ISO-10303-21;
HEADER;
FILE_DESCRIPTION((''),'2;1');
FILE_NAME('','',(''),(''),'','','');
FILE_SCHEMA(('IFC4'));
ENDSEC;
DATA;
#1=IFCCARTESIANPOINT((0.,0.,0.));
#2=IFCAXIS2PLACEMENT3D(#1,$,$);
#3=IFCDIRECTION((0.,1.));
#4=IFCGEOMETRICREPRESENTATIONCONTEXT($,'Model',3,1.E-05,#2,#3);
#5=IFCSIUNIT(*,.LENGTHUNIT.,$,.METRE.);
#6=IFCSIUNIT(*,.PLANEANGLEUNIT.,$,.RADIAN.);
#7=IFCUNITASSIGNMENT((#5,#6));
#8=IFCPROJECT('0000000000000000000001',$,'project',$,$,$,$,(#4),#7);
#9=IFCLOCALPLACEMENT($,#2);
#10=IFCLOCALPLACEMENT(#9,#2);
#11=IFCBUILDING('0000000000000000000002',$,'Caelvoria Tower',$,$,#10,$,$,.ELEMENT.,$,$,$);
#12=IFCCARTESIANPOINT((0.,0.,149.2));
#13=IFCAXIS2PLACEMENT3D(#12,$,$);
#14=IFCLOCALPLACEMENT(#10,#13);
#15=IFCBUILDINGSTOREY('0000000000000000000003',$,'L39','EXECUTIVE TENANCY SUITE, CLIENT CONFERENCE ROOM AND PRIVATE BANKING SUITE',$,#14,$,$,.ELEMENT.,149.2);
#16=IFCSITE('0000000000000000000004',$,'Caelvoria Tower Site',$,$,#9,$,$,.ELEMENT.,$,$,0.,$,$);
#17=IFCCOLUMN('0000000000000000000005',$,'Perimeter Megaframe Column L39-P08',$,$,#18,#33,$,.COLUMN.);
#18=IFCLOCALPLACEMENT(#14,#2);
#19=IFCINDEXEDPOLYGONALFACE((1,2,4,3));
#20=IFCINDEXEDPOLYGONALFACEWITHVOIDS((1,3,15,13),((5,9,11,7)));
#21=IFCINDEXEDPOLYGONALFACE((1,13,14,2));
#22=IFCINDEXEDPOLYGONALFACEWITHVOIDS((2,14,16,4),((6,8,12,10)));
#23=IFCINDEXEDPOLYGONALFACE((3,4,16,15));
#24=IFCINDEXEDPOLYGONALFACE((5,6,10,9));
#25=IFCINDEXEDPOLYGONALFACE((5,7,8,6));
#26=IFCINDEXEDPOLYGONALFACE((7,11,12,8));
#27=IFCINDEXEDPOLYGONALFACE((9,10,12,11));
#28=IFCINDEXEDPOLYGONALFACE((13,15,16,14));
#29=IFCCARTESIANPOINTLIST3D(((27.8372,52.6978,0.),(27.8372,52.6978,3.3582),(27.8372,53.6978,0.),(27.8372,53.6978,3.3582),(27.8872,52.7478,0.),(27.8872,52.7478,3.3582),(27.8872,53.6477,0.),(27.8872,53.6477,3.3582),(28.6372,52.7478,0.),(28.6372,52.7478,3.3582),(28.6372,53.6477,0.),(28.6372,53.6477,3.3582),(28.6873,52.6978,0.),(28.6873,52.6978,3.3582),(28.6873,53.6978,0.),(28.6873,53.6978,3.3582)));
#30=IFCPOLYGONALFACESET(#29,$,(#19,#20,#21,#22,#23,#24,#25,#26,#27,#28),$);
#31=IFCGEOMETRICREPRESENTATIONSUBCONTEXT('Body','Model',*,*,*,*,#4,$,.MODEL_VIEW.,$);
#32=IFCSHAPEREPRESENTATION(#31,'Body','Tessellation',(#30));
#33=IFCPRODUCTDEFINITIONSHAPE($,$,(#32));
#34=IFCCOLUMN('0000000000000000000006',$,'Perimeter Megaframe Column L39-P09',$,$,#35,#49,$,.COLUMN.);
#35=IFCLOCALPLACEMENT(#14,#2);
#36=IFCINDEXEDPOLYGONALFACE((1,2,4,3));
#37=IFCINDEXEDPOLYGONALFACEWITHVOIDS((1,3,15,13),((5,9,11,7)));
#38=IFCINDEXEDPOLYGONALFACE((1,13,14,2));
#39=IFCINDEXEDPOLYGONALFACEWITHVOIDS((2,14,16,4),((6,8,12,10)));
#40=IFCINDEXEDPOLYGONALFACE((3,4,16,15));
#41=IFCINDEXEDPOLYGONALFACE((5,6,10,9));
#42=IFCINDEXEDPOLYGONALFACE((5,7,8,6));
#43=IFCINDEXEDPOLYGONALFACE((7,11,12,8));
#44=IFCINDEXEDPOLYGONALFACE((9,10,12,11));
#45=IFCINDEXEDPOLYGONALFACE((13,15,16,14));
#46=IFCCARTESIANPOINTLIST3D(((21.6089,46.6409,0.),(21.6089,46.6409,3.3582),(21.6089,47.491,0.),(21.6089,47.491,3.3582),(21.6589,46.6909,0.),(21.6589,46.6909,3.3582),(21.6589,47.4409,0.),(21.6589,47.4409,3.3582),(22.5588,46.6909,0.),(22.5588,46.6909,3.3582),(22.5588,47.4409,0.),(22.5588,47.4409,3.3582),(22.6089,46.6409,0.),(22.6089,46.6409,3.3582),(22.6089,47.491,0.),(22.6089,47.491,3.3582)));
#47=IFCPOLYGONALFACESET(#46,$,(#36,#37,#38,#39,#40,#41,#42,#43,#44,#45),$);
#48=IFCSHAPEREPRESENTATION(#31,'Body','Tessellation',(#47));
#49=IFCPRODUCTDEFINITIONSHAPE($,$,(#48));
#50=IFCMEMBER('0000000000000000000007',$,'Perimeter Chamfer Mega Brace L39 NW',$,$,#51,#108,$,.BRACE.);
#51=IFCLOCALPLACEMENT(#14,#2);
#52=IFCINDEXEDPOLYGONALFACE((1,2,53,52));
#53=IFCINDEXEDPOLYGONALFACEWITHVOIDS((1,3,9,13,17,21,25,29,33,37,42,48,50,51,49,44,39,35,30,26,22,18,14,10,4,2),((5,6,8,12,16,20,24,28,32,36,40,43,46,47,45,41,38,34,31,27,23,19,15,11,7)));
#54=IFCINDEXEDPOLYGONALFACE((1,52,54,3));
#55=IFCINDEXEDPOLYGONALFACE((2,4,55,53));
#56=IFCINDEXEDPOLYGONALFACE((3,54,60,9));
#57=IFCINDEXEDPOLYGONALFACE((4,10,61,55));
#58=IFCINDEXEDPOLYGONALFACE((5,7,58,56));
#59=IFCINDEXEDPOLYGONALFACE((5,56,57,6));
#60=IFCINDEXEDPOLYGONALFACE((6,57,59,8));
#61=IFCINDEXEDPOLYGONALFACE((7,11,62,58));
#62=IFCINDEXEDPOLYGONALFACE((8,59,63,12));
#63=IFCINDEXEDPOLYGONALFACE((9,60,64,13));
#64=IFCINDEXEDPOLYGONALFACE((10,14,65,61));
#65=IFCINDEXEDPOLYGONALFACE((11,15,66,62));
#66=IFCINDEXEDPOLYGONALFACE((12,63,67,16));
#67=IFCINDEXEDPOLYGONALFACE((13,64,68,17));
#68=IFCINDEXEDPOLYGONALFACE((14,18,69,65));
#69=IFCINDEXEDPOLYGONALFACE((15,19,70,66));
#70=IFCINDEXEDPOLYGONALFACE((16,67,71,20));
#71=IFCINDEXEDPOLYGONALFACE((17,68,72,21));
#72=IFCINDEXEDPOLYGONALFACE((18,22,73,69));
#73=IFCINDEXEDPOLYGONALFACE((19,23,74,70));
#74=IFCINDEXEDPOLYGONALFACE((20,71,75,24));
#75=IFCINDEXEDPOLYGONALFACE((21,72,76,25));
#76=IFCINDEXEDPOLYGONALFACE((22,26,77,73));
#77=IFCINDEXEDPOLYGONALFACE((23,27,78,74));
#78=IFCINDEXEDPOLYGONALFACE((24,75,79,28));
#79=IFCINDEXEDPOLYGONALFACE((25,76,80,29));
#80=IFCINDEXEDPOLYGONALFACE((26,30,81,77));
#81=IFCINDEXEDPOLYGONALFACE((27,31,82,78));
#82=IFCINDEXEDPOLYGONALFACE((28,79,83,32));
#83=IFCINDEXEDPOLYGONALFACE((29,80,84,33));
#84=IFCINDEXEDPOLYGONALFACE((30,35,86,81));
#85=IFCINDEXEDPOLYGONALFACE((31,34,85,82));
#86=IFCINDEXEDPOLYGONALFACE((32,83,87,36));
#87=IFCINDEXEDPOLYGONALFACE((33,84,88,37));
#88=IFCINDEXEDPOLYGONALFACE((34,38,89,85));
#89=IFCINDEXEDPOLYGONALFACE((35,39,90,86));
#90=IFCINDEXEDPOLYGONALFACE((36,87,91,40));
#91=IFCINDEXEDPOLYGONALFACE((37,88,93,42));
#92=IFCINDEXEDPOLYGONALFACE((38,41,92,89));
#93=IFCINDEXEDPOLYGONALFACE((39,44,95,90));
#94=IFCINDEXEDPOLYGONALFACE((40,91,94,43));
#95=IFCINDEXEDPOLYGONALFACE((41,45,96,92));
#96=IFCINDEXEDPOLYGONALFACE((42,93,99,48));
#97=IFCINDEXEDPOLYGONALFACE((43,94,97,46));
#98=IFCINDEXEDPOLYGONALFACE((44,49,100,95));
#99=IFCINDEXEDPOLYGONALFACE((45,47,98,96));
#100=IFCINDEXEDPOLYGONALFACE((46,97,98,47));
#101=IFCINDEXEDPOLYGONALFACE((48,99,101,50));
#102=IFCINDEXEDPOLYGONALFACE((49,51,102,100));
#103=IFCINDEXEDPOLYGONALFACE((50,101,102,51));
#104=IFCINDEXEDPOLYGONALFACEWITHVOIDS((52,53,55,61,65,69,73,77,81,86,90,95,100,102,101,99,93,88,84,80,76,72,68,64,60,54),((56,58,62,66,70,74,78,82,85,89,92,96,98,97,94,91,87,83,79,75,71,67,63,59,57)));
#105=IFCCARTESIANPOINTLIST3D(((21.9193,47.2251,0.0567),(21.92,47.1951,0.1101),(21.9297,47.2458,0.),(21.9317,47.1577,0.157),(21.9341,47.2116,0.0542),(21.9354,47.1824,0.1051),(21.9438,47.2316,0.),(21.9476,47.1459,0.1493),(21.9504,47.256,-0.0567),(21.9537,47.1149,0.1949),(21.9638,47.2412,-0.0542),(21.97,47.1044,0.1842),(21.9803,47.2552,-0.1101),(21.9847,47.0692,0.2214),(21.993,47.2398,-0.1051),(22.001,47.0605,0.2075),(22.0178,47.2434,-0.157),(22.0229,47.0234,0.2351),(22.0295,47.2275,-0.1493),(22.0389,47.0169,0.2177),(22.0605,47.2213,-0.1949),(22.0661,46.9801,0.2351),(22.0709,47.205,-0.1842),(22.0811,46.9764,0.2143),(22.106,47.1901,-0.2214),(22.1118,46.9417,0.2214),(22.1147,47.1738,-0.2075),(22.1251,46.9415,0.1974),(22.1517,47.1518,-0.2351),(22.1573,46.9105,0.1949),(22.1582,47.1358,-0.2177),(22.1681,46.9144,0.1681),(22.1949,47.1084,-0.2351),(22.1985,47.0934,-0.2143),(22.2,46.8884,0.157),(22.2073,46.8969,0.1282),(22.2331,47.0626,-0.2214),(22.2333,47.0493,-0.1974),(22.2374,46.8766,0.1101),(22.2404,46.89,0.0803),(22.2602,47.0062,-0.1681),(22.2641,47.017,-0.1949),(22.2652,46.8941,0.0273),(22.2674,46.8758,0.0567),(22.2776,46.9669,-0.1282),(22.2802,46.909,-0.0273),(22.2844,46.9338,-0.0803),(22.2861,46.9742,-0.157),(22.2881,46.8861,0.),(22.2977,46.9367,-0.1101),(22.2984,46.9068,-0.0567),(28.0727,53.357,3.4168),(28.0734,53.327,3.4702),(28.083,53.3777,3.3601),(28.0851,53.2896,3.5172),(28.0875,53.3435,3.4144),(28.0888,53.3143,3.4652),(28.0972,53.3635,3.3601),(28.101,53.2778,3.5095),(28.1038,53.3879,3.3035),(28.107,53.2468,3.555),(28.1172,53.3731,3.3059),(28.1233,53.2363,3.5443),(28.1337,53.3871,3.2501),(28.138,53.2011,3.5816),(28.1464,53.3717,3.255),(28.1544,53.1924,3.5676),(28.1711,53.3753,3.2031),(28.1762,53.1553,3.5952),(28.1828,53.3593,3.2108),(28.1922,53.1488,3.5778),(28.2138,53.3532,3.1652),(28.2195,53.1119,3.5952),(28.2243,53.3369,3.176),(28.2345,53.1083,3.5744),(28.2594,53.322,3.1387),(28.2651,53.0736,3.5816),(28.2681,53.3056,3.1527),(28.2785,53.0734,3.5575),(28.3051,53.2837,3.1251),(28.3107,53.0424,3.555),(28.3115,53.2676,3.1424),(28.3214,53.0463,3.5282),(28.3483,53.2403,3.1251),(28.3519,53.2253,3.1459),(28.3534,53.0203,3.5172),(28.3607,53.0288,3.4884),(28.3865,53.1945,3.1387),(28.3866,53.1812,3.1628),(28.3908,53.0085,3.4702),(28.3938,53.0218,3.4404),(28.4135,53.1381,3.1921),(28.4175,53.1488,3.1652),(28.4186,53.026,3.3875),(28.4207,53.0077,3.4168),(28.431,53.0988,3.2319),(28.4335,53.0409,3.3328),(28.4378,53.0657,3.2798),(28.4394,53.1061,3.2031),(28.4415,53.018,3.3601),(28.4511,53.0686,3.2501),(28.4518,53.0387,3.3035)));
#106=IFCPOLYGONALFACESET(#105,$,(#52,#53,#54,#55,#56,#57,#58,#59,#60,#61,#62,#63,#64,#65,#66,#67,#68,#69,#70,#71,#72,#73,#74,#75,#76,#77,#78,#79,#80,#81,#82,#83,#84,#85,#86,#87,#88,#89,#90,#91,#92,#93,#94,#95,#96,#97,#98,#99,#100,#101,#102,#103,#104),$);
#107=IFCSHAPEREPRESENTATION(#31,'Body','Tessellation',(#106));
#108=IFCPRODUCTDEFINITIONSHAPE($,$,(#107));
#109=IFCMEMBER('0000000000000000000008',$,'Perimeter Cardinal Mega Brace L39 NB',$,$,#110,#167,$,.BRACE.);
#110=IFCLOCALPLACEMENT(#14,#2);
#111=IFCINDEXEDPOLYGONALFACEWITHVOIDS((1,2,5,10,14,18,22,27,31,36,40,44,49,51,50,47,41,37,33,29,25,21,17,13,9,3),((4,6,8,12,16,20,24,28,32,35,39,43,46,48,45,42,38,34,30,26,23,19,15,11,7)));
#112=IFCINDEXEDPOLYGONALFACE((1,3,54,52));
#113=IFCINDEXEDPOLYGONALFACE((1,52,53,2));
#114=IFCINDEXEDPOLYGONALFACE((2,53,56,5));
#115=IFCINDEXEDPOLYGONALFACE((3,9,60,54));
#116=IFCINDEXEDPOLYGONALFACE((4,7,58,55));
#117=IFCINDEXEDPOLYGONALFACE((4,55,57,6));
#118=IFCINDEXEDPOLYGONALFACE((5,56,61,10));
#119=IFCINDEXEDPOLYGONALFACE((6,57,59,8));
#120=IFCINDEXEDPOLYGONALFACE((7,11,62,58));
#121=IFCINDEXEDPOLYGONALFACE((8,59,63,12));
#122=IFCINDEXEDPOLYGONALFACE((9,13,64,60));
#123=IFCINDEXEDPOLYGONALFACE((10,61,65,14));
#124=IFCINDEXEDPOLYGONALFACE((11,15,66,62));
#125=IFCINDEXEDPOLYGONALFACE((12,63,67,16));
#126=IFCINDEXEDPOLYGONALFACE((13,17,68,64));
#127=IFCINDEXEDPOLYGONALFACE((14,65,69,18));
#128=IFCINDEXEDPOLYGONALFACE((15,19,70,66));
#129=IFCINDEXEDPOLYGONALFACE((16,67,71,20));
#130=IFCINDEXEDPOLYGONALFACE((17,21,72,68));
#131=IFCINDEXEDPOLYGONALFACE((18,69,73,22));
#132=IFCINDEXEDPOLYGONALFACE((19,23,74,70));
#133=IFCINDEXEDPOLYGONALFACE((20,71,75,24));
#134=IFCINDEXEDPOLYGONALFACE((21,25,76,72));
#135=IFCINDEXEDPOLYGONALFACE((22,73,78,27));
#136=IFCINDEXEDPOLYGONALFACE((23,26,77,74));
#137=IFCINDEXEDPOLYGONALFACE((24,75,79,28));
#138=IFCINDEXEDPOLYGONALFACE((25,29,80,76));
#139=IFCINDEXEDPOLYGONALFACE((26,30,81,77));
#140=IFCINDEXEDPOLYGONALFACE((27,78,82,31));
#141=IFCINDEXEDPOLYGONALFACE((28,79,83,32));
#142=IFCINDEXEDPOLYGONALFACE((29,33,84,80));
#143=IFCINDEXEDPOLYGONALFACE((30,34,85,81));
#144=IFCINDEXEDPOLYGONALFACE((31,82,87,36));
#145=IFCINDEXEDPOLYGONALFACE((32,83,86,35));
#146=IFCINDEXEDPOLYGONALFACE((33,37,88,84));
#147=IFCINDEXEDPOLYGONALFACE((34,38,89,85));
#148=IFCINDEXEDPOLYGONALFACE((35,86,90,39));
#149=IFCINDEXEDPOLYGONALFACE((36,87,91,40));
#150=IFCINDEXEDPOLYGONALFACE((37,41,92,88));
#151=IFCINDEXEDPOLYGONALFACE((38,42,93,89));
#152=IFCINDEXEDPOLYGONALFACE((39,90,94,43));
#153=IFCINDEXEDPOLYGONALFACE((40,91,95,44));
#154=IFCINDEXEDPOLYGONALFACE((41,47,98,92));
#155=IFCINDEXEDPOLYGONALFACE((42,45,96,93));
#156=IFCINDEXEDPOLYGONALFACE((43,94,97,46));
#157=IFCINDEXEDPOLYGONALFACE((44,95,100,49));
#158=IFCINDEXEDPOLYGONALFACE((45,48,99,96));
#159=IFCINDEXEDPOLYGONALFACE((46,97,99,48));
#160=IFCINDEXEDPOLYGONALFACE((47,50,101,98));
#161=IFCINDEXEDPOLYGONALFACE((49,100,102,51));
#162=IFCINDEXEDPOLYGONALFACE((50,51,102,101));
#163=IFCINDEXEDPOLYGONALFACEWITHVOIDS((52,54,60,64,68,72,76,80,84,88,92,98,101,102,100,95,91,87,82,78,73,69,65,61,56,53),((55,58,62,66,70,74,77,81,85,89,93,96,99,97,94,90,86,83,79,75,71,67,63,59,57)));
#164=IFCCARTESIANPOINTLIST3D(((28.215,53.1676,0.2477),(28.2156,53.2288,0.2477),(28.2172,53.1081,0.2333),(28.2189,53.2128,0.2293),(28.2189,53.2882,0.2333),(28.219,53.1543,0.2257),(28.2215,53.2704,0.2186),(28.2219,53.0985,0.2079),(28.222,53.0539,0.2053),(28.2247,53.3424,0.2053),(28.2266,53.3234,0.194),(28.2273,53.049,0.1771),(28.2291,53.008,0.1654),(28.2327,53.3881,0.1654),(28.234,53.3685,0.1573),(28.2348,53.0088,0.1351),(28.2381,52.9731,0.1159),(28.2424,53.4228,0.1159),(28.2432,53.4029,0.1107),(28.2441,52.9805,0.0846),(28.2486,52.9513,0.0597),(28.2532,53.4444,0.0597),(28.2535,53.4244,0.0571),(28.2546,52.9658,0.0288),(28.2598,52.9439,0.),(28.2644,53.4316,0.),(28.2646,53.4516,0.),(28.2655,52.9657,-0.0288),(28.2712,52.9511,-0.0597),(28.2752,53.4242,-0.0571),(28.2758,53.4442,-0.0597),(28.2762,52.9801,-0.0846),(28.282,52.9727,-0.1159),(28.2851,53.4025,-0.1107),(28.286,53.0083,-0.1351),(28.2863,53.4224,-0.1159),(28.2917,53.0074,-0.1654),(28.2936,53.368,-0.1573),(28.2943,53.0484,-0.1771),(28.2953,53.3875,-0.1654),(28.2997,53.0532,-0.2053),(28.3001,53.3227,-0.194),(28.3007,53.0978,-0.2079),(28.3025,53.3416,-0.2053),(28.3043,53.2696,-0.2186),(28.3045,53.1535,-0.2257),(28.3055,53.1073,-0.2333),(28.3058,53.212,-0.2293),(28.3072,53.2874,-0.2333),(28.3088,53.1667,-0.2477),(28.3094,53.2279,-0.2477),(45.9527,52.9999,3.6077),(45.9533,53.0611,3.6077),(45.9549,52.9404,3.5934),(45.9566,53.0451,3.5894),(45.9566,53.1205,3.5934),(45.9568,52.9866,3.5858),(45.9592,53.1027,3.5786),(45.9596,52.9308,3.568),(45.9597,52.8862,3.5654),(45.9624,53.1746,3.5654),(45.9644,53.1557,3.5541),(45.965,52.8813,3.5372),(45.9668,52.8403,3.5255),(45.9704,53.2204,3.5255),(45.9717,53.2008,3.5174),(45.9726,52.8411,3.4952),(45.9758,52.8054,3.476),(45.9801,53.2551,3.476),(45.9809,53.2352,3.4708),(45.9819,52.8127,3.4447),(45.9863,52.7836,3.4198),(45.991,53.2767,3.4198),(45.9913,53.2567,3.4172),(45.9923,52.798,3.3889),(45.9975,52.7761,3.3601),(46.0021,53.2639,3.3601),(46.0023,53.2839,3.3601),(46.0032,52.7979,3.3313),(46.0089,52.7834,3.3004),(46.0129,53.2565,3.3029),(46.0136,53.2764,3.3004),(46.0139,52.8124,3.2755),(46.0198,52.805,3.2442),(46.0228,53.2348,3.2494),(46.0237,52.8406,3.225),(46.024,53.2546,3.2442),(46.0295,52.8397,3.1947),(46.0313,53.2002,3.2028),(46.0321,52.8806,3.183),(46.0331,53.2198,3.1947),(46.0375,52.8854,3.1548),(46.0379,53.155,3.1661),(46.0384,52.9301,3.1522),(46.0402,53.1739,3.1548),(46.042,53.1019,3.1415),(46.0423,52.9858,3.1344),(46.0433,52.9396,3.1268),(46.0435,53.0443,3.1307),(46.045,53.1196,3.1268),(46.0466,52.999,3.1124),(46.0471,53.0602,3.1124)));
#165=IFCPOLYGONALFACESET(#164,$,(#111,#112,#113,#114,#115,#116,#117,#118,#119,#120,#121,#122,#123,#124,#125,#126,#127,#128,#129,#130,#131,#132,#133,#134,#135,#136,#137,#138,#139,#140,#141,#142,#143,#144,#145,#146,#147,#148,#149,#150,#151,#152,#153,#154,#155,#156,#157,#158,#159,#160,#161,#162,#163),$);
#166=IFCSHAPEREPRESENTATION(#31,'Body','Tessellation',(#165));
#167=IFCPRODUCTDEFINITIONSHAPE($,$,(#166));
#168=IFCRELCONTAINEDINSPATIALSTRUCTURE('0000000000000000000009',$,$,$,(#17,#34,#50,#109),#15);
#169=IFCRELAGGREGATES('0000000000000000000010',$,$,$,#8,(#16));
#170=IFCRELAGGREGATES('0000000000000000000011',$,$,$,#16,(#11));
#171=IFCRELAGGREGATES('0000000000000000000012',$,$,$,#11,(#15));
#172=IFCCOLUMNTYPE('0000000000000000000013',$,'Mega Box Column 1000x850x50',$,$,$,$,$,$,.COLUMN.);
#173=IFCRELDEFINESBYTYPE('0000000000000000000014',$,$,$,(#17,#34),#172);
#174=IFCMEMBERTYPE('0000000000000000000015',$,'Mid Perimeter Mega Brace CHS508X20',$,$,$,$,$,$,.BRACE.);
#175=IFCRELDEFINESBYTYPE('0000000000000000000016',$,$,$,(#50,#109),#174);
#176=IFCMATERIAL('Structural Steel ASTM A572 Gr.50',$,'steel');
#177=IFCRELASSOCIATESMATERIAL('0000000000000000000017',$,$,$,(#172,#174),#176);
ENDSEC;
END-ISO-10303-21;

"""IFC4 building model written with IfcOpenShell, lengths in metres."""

from ifc_helpers import new_model, si_unit, direction, frame, origin, origin_2d, place, context, subcontext, project, spatial, hollow_rectangle, hollow_circle, extrude, material, material_profile, profile_set, type_object, element, save


model = new_model("IFC4")

# Units and contexts
model_context = context("Model", 3, precision=1e-05, world=origin(), true_north=direction((0.0, 1.0)))
body_context = subcontext(model_context, "Body", "Model", "MODEL_VIEW")
ifc_project = project(units=[si_unit("LENGTHUNIT", "METRE"), si_unit("PLANEANGLEUNIT", "RADIAN")], contexts=[model_context])

# Site, building, storey
site_placement = place(None, origin())
site = spatial("IfcSite", under=ifc_project, at=site_placement, Name="Caelvoria Tower Site", CompositionType="ELEMENT", RefElevation=0.0)
building_placement = place(site_placement, origin())
building = spatial("IfcBuilding", under=site, at=building_placement, Name="Caelvoria Tower", CompositionType="ELEMENT")
storey_placement = place(building_placement, frame((0.0, 0.0, 149.2)))
storey = spatial("IfcBuildingStorey", under=building, at=storey_placement, Name="L39", Description="EXECUTIVE TENANCY SUITE, CLIENT CONFERENCE ROOM AND PRIVATE BANKING SUITE", CompositionType="ELEMENT", Elevation=149.2)

# Columns
ifc_material_1 = material(Name="Structural Steel ASTM A572 Gr.50", Category="steel")
ifc_material_profile_1 = material_profile(ifc_material_1, hollow_rectangle(XDim=0.8501, YDim=1.0, WallThickness=0.05, at=origin_2d()), Name="Structural Steel ASTM A572 Gr.50")
ifc_profile_set_1 = profile_set([ifc_material_profile_1], Name="BOX1000X850X50 - Structural Steel ASTM A572 Gr.50")
column_type = type_object("IfcColumnType", Name="Mega Box Column 1000x850x50", PredefinedType="COLUMN", material=ifc_profile_set_1)
for number, where, z_axis, x_axis, name in (
    (1, (28.2622, 53.1978, 0.0), (0.0, 0.0, 1.0), (1.0, 0.0, 0.0), "Perimeter Megaframe Column L39-P08"),
    (2, (22.1089, 47.0659, 0.0), (0.0, 0.0, 1.0), (0.0, 1.0, 0.0), "Perimeter Megaframe Column L39-P09"),
):
    element("IfcColumn", number, at=place(storey_placement, frame(where, z_axis=z_axis, x_axis=x_axis)), inside=storey, type_object=column_type, Name=name, PredefinedType="COLUMN", context=body_context, shape_type="SweptSolid", body=[
        extrude(hollow_rectangle(XDim=0.8501, YDim=1.0, WallThickness=0.05, at=origin_2d()), origin(), (0.0, 0.0, 1.0), 3.3582),
    ])

# Members
ifc_material_profile_2 = material_profile(ifc_material_1, hollow_circle(Radius=0.2539, WallThickness=0.02, at=origin_2d()), Name="Structural Steel ASTM A572 Gr.50")
ifc_profile_set_2 = profile_set([ifc_material_profile_2], Name="CHS508X20 - Structural Steel ASTM A572 Gr.50")
member_type = type_object("IfcMemberType", Name="Mid Perimeter Mega Brace CHS508X20", PredefinedType="BRACE", material=ifc_profile_set_2)
member_1_placement = place(storey_placement, frame((22.1089, 47.0659, 0.0), z_axis=(0.660643, 0.658337, 0.360754), x_axis=(-0.705869, 0.708342, 0.0)))
element("IfcMember", 3, at=member_1_placement, inside=storey, type_object=member_type, Name="Perimeter Chamfer Mega Brace L39 NW", PredefinedType="BRACE", context=body_context, shape_type="SweptSolid", body=[
    extrude(hollow_circle(Radius=0.2539, WallThickness=0.02, at=origin_2d()), origin(), (0.0, 0.0, 1.0), 9.3142),
])
member_2_placement = place(storey_placement, frame((28.2622, 53.1978, 0.0), z_axis=(0.982484, -0.00929, 0.186114), x_axis=(0.009455, 0.999955, 0.0)))
element("IfcMember", 4, at=member_2_placement, inside=storey, type_object=member_type, Name="Perimeter Cardinal Mega Brace L39 NB", PredefinedType="BRACE", context=body_context, shape_type="SweptSolid", body=[
    extrude(hollow_circle(Radius=0.2539, WallThickness=0.02, at=origin_2d()), origin(), (0.0, 0.0, 1.0), 18.054),
])

save(model, "model.ifc")
